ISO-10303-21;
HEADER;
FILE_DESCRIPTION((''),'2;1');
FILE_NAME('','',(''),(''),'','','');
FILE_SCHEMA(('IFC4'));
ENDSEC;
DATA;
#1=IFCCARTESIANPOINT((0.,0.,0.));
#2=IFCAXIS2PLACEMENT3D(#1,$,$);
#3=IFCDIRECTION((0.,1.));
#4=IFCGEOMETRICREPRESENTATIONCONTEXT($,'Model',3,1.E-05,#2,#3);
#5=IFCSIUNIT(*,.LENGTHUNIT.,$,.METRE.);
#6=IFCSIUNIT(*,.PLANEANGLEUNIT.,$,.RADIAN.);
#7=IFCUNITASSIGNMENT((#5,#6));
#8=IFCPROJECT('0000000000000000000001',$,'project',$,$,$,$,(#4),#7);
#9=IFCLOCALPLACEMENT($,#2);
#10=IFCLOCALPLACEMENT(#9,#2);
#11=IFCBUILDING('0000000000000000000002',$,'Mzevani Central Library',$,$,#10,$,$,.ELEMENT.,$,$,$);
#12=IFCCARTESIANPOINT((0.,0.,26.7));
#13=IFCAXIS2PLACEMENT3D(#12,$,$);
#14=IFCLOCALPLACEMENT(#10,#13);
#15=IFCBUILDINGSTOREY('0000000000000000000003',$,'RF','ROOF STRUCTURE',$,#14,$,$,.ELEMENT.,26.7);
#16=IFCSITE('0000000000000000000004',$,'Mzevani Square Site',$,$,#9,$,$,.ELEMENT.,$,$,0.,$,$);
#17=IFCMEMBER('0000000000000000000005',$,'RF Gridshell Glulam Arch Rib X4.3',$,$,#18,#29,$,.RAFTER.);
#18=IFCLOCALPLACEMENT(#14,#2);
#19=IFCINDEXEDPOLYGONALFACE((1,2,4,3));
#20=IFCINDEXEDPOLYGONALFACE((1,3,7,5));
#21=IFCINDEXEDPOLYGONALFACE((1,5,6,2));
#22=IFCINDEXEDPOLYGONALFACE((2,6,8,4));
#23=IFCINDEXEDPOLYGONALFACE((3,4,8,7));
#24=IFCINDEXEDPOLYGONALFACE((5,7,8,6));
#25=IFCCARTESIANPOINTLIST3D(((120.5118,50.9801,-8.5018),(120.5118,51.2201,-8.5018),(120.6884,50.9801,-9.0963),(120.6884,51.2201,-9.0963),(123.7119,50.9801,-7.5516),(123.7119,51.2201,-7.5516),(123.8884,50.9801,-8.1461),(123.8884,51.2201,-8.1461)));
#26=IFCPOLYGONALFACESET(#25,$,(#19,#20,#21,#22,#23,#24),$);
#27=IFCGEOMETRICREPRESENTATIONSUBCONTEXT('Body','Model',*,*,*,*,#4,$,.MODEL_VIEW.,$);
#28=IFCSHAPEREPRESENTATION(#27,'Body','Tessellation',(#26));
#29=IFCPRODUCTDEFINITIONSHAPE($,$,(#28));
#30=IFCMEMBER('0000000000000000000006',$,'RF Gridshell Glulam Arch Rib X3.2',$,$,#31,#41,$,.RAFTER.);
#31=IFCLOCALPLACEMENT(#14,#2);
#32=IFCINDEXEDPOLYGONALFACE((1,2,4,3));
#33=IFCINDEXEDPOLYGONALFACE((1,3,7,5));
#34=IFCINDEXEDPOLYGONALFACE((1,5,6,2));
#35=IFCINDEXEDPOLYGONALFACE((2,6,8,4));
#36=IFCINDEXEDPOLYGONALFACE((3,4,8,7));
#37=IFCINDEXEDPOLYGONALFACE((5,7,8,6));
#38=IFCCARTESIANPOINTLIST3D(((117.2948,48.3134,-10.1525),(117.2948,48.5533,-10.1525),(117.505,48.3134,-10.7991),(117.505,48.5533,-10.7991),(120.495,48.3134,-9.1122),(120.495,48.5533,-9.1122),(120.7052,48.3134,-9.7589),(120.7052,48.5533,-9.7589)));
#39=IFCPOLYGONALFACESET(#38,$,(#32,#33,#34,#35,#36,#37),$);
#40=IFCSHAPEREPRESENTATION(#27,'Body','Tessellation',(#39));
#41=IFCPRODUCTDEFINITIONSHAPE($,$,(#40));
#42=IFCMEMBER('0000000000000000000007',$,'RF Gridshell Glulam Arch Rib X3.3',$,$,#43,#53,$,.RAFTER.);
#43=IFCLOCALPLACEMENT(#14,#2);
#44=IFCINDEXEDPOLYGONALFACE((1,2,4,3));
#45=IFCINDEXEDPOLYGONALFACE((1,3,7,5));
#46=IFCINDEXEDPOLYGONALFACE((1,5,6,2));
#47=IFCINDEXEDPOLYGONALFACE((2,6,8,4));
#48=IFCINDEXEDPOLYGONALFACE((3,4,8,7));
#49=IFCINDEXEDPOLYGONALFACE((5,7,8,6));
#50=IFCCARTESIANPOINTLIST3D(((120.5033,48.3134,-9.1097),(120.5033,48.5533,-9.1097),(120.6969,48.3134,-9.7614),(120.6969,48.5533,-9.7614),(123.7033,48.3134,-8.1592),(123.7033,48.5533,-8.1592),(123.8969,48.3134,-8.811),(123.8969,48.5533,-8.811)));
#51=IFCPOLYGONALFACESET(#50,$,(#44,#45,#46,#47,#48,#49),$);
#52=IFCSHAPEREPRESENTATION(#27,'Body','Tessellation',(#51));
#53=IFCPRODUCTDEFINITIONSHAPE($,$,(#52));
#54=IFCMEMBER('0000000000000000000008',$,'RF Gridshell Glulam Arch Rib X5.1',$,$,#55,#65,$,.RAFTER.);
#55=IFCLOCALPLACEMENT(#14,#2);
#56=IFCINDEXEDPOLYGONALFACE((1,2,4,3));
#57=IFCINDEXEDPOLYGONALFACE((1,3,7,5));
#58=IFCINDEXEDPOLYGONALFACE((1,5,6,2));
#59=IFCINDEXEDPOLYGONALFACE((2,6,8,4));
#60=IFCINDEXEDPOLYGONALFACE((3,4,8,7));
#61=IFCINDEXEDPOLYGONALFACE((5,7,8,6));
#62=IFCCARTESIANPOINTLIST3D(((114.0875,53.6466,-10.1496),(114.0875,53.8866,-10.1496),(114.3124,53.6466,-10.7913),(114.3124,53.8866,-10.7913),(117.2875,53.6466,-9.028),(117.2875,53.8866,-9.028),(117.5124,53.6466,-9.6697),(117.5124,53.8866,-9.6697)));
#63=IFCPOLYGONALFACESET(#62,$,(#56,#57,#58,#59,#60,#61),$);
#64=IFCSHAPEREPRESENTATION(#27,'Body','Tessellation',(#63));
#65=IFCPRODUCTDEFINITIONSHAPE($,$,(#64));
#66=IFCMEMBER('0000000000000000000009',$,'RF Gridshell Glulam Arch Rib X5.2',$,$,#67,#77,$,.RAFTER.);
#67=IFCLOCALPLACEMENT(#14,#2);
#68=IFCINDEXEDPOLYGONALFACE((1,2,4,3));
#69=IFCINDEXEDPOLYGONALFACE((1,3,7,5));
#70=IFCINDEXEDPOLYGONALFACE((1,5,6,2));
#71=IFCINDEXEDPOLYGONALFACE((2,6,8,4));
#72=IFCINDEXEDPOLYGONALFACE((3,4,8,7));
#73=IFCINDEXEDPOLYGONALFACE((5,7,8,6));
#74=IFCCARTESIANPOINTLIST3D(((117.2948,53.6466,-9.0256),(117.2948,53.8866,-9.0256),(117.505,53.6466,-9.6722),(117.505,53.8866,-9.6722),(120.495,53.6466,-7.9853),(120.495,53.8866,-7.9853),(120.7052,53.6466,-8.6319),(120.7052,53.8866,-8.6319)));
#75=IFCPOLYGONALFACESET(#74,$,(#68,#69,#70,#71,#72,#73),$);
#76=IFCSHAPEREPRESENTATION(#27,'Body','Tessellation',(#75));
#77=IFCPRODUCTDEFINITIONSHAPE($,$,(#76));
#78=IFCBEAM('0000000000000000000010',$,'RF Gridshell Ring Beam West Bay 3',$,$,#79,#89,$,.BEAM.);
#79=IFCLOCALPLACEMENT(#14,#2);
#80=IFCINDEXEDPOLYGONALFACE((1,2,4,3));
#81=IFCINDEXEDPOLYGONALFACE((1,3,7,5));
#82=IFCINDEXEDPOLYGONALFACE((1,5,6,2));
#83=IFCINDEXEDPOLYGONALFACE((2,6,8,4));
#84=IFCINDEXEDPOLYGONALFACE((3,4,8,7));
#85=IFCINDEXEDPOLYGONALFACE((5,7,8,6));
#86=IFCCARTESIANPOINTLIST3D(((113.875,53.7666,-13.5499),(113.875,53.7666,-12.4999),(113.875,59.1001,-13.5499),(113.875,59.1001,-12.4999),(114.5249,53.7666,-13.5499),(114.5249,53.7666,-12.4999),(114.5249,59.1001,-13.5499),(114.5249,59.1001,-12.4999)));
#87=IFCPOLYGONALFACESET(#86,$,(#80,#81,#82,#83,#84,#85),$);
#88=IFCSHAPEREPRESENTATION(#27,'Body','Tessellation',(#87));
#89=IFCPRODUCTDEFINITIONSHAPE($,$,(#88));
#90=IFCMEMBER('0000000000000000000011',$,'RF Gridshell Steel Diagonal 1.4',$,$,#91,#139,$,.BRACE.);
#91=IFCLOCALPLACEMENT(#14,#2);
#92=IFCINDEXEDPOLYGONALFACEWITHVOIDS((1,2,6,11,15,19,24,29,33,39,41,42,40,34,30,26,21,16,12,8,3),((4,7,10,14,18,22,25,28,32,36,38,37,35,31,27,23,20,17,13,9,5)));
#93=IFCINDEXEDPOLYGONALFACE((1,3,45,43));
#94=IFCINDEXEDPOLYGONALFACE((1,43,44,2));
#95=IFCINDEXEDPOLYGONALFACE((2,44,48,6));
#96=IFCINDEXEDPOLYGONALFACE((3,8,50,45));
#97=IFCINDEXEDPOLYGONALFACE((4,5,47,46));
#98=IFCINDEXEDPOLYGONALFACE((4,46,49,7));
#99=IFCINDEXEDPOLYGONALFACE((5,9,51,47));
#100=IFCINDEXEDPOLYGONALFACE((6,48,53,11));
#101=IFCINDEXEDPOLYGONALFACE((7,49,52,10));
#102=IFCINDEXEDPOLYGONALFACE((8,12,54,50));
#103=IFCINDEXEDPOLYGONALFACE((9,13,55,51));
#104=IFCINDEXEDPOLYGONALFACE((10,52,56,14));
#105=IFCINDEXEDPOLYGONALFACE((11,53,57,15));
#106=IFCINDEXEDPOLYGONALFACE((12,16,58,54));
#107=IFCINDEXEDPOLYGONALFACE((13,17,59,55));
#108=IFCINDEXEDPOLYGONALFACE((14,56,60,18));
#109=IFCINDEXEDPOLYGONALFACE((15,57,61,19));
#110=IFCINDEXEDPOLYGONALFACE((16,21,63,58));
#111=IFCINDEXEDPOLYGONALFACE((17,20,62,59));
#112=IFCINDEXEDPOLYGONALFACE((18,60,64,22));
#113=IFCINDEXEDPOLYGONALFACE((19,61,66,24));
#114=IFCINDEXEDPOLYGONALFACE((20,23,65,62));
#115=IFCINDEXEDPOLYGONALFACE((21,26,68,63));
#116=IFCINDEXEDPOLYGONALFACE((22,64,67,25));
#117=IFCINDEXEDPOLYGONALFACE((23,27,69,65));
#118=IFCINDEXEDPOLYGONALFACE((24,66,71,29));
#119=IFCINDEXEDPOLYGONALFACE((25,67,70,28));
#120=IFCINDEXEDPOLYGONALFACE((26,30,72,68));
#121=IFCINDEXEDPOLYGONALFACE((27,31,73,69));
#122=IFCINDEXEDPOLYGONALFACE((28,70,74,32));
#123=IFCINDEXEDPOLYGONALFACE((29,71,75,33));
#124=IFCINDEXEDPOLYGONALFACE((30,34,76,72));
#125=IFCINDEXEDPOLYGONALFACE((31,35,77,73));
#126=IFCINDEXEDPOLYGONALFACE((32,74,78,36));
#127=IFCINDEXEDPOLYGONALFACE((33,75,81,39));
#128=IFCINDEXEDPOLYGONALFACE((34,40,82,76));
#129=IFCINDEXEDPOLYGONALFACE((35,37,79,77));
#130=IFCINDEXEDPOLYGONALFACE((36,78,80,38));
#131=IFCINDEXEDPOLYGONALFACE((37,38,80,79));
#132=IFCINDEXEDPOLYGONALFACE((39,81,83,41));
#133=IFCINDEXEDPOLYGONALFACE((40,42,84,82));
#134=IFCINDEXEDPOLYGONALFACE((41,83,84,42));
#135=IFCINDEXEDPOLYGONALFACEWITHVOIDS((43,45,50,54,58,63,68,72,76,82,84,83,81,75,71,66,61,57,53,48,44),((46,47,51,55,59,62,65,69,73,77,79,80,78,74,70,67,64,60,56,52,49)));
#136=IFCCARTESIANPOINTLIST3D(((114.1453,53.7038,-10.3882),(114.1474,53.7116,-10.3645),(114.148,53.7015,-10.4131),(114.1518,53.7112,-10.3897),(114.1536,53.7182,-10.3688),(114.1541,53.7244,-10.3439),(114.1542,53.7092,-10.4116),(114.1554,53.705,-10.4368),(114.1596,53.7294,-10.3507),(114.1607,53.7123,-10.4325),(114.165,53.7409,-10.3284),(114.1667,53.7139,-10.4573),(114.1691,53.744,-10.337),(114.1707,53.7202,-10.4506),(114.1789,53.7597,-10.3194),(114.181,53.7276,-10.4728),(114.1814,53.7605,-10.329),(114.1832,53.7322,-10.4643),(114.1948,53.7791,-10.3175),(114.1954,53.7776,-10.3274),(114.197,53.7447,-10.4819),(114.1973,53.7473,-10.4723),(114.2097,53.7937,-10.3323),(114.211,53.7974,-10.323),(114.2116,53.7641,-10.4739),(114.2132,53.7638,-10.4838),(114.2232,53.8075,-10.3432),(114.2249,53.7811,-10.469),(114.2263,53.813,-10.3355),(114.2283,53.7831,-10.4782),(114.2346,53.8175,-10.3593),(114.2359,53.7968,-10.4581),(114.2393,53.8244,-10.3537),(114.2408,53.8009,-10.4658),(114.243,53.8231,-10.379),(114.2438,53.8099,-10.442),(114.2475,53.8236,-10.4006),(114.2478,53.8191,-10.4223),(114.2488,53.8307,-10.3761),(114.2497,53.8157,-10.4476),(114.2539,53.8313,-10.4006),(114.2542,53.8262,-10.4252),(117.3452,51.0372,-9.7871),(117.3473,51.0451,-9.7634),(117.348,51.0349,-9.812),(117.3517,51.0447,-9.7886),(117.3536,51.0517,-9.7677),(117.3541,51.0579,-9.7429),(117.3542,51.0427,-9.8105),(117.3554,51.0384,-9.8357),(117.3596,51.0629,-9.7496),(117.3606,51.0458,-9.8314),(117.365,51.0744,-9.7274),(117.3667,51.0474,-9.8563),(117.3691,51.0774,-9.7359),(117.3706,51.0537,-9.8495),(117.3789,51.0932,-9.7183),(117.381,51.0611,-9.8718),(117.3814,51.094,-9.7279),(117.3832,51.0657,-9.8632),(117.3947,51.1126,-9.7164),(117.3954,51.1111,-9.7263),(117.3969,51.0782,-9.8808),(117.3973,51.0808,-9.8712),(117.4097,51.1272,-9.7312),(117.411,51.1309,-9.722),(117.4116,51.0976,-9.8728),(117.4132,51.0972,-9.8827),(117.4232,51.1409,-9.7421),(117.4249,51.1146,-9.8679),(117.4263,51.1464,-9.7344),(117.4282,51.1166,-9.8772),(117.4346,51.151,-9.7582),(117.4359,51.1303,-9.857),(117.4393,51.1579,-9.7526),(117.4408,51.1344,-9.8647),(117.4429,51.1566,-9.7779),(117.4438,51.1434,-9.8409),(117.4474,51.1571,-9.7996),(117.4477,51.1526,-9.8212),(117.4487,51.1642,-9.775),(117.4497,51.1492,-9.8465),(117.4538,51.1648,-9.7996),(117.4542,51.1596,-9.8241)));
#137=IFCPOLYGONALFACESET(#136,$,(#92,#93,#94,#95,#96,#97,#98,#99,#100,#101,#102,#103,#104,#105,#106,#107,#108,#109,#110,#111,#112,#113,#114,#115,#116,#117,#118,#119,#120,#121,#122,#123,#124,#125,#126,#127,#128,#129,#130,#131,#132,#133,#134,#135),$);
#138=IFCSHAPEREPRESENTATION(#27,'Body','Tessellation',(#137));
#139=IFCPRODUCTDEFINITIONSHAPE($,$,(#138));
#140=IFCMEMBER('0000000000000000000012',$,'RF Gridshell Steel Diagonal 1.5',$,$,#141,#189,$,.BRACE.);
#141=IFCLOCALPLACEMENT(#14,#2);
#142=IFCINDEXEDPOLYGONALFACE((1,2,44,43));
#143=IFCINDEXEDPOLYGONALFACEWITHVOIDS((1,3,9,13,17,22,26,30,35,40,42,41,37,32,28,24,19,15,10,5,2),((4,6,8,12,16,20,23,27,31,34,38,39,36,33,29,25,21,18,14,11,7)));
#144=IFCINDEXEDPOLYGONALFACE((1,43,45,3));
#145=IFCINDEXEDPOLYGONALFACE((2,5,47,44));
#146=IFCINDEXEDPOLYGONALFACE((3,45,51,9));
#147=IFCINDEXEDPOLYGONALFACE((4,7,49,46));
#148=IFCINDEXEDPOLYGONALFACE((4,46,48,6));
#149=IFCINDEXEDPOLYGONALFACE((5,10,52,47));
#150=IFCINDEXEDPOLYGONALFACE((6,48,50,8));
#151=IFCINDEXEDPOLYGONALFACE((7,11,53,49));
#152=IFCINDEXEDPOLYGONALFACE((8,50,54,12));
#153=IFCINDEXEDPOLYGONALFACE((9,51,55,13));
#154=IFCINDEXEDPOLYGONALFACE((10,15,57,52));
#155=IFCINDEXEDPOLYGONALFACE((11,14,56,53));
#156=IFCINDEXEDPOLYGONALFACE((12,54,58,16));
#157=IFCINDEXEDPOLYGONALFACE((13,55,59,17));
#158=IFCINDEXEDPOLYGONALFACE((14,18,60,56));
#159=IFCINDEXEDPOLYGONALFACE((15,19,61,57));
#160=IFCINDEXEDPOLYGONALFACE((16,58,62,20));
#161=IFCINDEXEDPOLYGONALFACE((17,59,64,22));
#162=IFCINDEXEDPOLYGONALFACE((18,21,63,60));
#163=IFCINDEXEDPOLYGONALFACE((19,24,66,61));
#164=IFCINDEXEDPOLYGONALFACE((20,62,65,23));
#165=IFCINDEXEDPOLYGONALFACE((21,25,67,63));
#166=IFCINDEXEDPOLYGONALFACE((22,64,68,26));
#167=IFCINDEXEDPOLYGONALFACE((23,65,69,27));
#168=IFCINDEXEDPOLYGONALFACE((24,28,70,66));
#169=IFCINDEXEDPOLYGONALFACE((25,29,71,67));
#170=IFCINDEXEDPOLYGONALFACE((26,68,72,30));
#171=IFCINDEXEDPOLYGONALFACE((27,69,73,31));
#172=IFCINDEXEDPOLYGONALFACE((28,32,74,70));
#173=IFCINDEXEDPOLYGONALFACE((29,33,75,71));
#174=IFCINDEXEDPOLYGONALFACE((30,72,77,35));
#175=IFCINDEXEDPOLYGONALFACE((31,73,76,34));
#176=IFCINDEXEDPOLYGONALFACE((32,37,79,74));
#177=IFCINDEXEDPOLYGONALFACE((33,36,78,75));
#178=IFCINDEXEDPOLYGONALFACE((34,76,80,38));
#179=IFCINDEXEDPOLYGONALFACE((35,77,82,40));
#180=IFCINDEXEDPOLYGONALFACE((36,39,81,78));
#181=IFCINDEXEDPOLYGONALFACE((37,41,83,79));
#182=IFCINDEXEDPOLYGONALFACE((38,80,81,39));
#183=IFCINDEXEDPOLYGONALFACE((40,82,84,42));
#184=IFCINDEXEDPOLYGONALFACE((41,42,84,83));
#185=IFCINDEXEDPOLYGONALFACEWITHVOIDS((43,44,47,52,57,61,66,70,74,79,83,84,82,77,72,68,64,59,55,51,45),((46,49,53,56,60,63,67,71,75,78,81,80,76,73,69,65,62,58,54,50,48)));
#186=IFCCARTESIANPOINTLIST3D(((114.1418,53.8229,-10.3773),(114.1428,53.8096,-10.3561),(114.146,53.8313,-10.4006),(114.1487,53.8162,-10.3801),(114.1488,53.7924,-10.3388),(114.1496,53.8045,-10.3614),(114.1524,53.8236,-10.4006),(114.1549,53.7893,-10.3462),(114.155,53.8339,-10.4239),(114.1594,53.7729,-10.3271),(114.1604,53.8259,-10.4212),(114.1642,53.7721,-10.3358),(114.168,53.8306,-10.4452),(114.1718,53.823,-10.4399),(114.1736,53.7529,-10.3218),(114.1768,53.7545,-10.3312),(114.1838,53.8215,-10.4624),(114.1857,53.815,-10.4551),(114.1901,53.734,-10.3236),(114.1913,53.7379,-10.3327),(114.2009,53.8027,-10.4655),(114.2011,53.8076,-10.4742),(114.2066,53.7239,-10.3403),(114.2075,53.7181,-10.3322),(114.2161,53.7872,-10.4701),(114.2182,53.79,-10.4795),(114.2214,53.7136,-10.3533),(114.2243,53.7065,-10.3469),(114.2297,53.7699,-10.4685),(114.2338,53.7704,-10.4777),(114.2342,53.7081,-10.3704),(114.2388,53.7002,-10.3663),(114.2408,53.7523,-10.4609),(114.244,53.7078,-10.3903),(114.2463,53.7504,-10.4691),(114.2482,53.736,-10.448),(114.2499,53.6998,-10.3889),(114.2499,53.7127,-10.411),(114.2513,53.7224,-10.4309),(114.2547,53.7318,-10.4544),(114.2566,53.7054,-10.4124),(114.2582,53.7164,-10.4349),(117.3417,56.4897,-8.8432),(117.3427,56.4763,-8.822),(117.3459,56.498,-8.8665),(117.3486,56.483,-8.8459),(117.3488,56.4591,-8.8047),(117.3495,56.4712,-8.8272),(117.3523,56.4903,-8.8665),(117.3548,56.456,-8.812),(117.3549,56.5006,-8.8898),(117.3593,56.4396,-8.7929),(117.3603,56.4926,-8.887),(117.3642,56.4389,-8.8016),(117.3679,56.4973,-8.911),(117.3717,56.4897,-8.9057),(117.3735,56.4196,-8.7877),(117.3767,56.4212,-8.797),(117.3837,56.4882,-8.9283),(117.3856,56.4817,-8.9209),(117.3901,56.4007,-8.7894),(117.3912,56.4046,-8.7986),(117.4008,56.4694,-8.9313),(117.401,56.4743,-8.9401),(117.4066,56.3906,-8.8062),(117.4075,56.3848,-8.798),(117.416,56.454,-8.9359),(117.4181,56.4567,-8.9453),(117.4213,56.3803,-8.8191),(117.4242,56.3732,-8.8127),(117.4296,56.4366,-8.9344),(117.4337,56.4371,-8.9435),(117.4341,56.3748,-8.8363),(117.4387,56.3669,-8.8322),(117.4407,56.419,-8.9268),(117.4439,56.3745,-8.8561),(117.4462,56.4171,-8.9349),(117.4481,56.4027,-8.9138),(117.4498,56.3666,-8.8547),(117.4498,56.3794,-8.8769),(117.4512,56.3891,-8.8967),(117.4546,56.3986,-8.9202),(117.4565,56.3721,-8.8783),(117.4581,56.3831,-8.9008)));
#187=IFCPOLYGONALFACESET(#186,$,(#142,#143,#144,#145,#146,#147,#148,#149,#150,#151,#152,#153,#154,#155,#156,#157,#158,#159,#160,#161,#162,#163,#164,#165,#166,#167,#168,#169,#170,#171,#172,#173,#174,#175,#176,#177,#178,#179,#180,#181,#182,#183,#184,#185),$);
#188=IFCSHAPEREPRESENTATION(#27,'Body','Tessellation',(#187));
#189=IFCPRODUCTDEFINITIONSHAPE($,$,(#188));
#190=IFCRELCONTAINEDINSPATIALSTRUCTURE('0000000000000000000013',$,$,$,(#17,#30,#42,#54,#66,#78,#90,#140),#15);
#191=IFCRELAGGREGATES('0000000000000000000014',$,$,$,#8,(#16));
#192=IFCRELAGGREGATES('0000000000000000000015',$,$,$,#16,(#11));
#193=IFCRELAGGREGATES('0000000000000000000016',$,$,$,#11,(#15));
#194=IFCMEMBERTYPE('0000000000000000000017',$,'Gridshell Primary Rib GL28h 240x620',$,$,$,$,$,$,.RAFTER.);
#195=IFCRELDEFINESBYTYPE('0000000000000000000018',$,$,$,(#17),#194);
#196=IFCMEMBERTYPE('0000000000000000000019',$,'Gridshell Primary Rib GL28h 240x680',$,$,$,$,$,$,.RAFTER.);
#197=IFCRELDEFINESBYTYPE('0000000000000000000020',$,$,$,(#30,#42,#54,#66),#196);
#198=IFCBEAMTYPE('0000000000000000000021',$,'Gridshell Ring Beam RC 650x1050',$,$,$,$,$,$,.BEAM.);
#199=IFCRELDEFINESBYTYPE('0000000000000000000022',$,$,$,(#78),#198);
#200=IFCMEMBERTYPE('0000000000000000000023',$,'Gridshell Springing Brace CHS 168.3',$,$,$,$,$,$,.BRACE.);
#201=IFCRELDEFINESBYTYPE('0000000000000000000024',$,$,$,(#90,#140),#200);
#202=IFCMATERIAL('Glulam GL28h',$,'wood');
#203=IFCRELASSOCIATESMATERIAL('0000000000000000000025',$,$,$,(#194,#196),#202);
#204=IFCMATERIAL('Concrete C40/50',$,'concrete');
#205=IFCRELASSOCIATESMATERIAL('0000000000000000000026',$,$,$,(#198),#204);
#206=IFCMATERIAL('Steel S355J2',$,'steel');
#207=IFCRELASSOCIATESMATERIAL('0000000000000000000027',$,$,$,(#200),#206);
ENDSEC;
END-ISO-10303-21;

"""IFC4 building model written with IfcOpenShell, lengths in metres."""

from ifc_helpers import new_model, si_unit, direction, frame, origin, origin_2d, place, context, subcontext, project, spatial, rectangle, hollow_circle, extrude, material, material_profile, profile_set, type_object, element, save


model = new_model("IFC4")

# Units and contexts
model_context = context("Model", 3, precision=1e-05, world=origin(), true_north=direction((0.0, 1.0)))
body_context = subcontext(model_context, "Body", "Model", "MODEL_VIEW")
ifc_project = project(units=[si_unit("LENGTHUNIT", "METRE"), si_unit("PLANEANGLEUNIT", "RADIAN")], contexts=[model_context])

# Site, building, storey
site_placement = place(None, origin())
site = spatial("IfcSite", under=ifc_project, at=site_placement, Name="Mzevani Square Site", CompositionType="ELEMENT", RefElevation=0.0)
building_placement = place(site_placement, origin())
building = spatial("IfcBuilding", under=site, at=building_placement, Name="Mzevani Central Library", CompositionType="ELEMENT")
storey_placement = place(building_placement, frame((0.0, 0.0, 26.7)))
storey = spatial("IfcBuildingStorey", under=building, at=storey_placement, Name="RF", Description="ROOF STRUCTURE", CompositionType="ELEMENT", Elevation=26.7)

# Members
ifc_material_1 = material(Name="Steel S355J2", Category="steel")
ifc_material_2 = material(Name="Glulam GL28h", Category="wood")
ifc_material_profile_1 = material_profile(ifc_material_2, rectangle(XDim=0.24, YDim=0.6201, at=origin_2d()), Name="GL28h 240x620")
ifc_profile_set_1 = profile_set([ifc_material_profile_1], Name="Glulam GL28h")
member_type_1 = type_object("IfcMemberType", Name="Gridshell Primary Rib GL28h 240x620", PredefinedType="RAFTER", material=ifc_profile_set_1)
member_1_placement = place(storey_placement, frame((120.6001, 51.1001, -8.7991), z_axis=(0.95863, 0.0, 0.284656), x_axis=(0.0, 1.0, 0.0)))
element("IfcMember", 1, at=member_1_placement, inside=storey, type_object=member_type_1, Name="RF Gridshell Glulam Arch Rib X4.3", PredefinedType="RAFTER", context=body_context, shape_type="SweptSolid", body=[
    extrude(rectangle(XDim=0.24, YDim=0.6201, at=origin_2d()), origin(), (0.0, 0.0, 1.0), 3.3381),
])
ifc_material_profile_2 = material_profile(ifc_material_2, rectangle(XDim=0.24, YDim=0.6799, at=origin_2d()), Name="GL28h 240x680")
ifc_profile_set_2 = profile_set([ifc_material_profile_2], Name="Glulam GL28h")
member_type_2 = type_object("IfcMemberType", Name="Gridshell Primary Rib GL28h 240x680", PredefinedType="RAFTER", material=ifc_profile_set_2)
member_2_placement = place(storey_placement, frame((117.3999, 48.4333, -10.4758), z_axis=(0.951015, 0.0, 0.309145), x_axis=(0.0, 1.0, 0.0)))
element("IfcMember", 2, at=member_2_placement, inside=storey, type_object=member_type_2, Name="RF Gridshell Glulam Arch Rib X3.2", PredefinedType="RAFTER", context=body_context, shape_type="SweptSolid", body=[
    extrude(rectangle(XDim=0.24, YDim=0.6799, at=origin_2d()), origin(), (0.0, 0.0, 1.0), 3.365),
])
member_3_placement = place(storey_placement, frame((120.6001, 48.4333, -9.4355), z_axis=(0.95861, 0.0, 0.284723), x_axis=(0.0, 1.0, 0.0)))
element("IfcMember", 3, at=member_3_placement, inside=storey, type_object=member_type_2, Name="RF Gridshell Glulam Arch Rib X3.3", PredefinedType="RAFTER", context=body_context, shape_type="SweptSolid", body=[
    extrude(rectangle(XDim=0.24, YDim=0.6799, at=origin_2d()), origin(), (0.0, 0.0, 1.0), 3.3381),
])
member_4_placement = place(storey_placement, frame((114.2, 53.7666, -10.4705), z_axis=(0.943711, 0.0, 0.330771), x_axis=(0.0, 1.0, 0.0)))
element("IfcMember", 4, at=member_4_placement, inside=storey, type_object=member_type_2, Name="RF Gridshell Glulam Arch Rib X5.1", PredefinedType="RAFTER", context=body_context, shape_type="SweptSolid", body=[
    extrude(rectangle(XDim=0.24, YDim=0.6799, at=origin_2d()), origin(), (0.0, 0.0, 1.0), 3.3909),
])
member_5_placement = place(storey_placement, frame((117.3999, 53.7666, -9.3489), z_axis=(0.951015, 0.0, 0.309145), x_axis=(0.0, 1.0, 0.0)))
element("IfcMember", 5, at=member_5_placement, inside=storey, type_object=member_type_2, Name="RF Gridshell Glulam Arch Rib X5.2", PredefinedType="RAFTER", context=body_context, shape_type="SweptSolid", body=[
    extrude(rectangle(XDim=0.24, YDim=0.6799, at=origin_2d()), origin(), (0.0, 0.0, 1.0), 3.365),
])

# Beam
ifc_material_3 = material(Name="Concrete C40/50", Category="concrete")
ifc_material_profile_3 = material_profile(ifc_material_3, rectangle(XDim=0.6499, YDim=1.05, at=origin_2d()), Name="RC RB650x1050")
ifc_profile_set_3 = profile_set([ifc_material_profile_3], Name="Concrete C40/50")
beam_type = type_object("IfcBeamType", Name="Gridshell Ring Beam RC 650x1050", PredefinedType="BEAM", material=ifc_profile_set_3)
beam_placement = place(storey_placement, frame((114.2, 53.7666, -13.0249), z_axis=(0.0, 1.0, 0.0), x_axis=(-1.0, 0.0, 0.0)))
element("IfcBeam", 6, at=beam_placement, inside=storey, type_object=beam_type, Name="RF Gridshell Ring Beam West Bay 3", PredefinedType="BEAM", context=body_context, shape_type="SweptSolid", body=[
    extrude(rectangle(XDim=0.6499, YDim=1.05, at=origin_2d()), origin(), (0.0, 0.0, 1.0), 5.3335),
])

# Members
ifc_material_profile_4 = material_profile(ifc_material_1, hollow_circle(Radius=0.0842, WallThickness=0.01, at=origin_2d()), Name="CHS 168.3x10.0")
ifc_profile_set_4 = profile_set([ifc_material_profile_4], Name="Steel S355J2")
member_type_3 = type_object("IfcMemberType", Name="Gridshell Springing Brace CHS 168.3", PredefinedType="BRACE", material=ifc_profile_set_4)
member_6_placement = place(storey_placement, frame((114.2, 53.7666, -10.4006), z_axis=(0.76036, -0.633604, 0.142825), x_axis=(0.640167, 0.768236, 0.0)))
element("IfcMember", 7, at=member_6_placement, inside=storey, type_object=member_type_3, Name="RF Gridshell Steel Diagonal 1.4", PredefinedType="BRACE", context=body_context, shape_type="SweptSolid", body=[
    extrude(hollow_circle(Radius=0.0842, WallThickness=0.01, at=origin_2d()), origin(), (0.0, 0.0, 1.0), 4.2085),
])
member_7_placement = place(storey_placement, frame((114.2, 53.7666, -10.4006), z_axis=(0.720868, 0.600751, 0.345612), x_axis=(-0.640202, 0.768207, 0.0)))
element("IfcMember", 8, at=member_7_placement, inside=storey, type_object=member_type_3, Name="RF Gridshell Steel Diagonal 1.5", PredefinedType="BRACE", context=body_context, shape_type="SweptSolid", body=[
    extrude(hollow_circle(Radius=0.0842, WallThickness=0.01, at=origin_2d()), origin(), (0.0, 0.0, 1.0), 4.439),
])

save(model, "model.ifc")
